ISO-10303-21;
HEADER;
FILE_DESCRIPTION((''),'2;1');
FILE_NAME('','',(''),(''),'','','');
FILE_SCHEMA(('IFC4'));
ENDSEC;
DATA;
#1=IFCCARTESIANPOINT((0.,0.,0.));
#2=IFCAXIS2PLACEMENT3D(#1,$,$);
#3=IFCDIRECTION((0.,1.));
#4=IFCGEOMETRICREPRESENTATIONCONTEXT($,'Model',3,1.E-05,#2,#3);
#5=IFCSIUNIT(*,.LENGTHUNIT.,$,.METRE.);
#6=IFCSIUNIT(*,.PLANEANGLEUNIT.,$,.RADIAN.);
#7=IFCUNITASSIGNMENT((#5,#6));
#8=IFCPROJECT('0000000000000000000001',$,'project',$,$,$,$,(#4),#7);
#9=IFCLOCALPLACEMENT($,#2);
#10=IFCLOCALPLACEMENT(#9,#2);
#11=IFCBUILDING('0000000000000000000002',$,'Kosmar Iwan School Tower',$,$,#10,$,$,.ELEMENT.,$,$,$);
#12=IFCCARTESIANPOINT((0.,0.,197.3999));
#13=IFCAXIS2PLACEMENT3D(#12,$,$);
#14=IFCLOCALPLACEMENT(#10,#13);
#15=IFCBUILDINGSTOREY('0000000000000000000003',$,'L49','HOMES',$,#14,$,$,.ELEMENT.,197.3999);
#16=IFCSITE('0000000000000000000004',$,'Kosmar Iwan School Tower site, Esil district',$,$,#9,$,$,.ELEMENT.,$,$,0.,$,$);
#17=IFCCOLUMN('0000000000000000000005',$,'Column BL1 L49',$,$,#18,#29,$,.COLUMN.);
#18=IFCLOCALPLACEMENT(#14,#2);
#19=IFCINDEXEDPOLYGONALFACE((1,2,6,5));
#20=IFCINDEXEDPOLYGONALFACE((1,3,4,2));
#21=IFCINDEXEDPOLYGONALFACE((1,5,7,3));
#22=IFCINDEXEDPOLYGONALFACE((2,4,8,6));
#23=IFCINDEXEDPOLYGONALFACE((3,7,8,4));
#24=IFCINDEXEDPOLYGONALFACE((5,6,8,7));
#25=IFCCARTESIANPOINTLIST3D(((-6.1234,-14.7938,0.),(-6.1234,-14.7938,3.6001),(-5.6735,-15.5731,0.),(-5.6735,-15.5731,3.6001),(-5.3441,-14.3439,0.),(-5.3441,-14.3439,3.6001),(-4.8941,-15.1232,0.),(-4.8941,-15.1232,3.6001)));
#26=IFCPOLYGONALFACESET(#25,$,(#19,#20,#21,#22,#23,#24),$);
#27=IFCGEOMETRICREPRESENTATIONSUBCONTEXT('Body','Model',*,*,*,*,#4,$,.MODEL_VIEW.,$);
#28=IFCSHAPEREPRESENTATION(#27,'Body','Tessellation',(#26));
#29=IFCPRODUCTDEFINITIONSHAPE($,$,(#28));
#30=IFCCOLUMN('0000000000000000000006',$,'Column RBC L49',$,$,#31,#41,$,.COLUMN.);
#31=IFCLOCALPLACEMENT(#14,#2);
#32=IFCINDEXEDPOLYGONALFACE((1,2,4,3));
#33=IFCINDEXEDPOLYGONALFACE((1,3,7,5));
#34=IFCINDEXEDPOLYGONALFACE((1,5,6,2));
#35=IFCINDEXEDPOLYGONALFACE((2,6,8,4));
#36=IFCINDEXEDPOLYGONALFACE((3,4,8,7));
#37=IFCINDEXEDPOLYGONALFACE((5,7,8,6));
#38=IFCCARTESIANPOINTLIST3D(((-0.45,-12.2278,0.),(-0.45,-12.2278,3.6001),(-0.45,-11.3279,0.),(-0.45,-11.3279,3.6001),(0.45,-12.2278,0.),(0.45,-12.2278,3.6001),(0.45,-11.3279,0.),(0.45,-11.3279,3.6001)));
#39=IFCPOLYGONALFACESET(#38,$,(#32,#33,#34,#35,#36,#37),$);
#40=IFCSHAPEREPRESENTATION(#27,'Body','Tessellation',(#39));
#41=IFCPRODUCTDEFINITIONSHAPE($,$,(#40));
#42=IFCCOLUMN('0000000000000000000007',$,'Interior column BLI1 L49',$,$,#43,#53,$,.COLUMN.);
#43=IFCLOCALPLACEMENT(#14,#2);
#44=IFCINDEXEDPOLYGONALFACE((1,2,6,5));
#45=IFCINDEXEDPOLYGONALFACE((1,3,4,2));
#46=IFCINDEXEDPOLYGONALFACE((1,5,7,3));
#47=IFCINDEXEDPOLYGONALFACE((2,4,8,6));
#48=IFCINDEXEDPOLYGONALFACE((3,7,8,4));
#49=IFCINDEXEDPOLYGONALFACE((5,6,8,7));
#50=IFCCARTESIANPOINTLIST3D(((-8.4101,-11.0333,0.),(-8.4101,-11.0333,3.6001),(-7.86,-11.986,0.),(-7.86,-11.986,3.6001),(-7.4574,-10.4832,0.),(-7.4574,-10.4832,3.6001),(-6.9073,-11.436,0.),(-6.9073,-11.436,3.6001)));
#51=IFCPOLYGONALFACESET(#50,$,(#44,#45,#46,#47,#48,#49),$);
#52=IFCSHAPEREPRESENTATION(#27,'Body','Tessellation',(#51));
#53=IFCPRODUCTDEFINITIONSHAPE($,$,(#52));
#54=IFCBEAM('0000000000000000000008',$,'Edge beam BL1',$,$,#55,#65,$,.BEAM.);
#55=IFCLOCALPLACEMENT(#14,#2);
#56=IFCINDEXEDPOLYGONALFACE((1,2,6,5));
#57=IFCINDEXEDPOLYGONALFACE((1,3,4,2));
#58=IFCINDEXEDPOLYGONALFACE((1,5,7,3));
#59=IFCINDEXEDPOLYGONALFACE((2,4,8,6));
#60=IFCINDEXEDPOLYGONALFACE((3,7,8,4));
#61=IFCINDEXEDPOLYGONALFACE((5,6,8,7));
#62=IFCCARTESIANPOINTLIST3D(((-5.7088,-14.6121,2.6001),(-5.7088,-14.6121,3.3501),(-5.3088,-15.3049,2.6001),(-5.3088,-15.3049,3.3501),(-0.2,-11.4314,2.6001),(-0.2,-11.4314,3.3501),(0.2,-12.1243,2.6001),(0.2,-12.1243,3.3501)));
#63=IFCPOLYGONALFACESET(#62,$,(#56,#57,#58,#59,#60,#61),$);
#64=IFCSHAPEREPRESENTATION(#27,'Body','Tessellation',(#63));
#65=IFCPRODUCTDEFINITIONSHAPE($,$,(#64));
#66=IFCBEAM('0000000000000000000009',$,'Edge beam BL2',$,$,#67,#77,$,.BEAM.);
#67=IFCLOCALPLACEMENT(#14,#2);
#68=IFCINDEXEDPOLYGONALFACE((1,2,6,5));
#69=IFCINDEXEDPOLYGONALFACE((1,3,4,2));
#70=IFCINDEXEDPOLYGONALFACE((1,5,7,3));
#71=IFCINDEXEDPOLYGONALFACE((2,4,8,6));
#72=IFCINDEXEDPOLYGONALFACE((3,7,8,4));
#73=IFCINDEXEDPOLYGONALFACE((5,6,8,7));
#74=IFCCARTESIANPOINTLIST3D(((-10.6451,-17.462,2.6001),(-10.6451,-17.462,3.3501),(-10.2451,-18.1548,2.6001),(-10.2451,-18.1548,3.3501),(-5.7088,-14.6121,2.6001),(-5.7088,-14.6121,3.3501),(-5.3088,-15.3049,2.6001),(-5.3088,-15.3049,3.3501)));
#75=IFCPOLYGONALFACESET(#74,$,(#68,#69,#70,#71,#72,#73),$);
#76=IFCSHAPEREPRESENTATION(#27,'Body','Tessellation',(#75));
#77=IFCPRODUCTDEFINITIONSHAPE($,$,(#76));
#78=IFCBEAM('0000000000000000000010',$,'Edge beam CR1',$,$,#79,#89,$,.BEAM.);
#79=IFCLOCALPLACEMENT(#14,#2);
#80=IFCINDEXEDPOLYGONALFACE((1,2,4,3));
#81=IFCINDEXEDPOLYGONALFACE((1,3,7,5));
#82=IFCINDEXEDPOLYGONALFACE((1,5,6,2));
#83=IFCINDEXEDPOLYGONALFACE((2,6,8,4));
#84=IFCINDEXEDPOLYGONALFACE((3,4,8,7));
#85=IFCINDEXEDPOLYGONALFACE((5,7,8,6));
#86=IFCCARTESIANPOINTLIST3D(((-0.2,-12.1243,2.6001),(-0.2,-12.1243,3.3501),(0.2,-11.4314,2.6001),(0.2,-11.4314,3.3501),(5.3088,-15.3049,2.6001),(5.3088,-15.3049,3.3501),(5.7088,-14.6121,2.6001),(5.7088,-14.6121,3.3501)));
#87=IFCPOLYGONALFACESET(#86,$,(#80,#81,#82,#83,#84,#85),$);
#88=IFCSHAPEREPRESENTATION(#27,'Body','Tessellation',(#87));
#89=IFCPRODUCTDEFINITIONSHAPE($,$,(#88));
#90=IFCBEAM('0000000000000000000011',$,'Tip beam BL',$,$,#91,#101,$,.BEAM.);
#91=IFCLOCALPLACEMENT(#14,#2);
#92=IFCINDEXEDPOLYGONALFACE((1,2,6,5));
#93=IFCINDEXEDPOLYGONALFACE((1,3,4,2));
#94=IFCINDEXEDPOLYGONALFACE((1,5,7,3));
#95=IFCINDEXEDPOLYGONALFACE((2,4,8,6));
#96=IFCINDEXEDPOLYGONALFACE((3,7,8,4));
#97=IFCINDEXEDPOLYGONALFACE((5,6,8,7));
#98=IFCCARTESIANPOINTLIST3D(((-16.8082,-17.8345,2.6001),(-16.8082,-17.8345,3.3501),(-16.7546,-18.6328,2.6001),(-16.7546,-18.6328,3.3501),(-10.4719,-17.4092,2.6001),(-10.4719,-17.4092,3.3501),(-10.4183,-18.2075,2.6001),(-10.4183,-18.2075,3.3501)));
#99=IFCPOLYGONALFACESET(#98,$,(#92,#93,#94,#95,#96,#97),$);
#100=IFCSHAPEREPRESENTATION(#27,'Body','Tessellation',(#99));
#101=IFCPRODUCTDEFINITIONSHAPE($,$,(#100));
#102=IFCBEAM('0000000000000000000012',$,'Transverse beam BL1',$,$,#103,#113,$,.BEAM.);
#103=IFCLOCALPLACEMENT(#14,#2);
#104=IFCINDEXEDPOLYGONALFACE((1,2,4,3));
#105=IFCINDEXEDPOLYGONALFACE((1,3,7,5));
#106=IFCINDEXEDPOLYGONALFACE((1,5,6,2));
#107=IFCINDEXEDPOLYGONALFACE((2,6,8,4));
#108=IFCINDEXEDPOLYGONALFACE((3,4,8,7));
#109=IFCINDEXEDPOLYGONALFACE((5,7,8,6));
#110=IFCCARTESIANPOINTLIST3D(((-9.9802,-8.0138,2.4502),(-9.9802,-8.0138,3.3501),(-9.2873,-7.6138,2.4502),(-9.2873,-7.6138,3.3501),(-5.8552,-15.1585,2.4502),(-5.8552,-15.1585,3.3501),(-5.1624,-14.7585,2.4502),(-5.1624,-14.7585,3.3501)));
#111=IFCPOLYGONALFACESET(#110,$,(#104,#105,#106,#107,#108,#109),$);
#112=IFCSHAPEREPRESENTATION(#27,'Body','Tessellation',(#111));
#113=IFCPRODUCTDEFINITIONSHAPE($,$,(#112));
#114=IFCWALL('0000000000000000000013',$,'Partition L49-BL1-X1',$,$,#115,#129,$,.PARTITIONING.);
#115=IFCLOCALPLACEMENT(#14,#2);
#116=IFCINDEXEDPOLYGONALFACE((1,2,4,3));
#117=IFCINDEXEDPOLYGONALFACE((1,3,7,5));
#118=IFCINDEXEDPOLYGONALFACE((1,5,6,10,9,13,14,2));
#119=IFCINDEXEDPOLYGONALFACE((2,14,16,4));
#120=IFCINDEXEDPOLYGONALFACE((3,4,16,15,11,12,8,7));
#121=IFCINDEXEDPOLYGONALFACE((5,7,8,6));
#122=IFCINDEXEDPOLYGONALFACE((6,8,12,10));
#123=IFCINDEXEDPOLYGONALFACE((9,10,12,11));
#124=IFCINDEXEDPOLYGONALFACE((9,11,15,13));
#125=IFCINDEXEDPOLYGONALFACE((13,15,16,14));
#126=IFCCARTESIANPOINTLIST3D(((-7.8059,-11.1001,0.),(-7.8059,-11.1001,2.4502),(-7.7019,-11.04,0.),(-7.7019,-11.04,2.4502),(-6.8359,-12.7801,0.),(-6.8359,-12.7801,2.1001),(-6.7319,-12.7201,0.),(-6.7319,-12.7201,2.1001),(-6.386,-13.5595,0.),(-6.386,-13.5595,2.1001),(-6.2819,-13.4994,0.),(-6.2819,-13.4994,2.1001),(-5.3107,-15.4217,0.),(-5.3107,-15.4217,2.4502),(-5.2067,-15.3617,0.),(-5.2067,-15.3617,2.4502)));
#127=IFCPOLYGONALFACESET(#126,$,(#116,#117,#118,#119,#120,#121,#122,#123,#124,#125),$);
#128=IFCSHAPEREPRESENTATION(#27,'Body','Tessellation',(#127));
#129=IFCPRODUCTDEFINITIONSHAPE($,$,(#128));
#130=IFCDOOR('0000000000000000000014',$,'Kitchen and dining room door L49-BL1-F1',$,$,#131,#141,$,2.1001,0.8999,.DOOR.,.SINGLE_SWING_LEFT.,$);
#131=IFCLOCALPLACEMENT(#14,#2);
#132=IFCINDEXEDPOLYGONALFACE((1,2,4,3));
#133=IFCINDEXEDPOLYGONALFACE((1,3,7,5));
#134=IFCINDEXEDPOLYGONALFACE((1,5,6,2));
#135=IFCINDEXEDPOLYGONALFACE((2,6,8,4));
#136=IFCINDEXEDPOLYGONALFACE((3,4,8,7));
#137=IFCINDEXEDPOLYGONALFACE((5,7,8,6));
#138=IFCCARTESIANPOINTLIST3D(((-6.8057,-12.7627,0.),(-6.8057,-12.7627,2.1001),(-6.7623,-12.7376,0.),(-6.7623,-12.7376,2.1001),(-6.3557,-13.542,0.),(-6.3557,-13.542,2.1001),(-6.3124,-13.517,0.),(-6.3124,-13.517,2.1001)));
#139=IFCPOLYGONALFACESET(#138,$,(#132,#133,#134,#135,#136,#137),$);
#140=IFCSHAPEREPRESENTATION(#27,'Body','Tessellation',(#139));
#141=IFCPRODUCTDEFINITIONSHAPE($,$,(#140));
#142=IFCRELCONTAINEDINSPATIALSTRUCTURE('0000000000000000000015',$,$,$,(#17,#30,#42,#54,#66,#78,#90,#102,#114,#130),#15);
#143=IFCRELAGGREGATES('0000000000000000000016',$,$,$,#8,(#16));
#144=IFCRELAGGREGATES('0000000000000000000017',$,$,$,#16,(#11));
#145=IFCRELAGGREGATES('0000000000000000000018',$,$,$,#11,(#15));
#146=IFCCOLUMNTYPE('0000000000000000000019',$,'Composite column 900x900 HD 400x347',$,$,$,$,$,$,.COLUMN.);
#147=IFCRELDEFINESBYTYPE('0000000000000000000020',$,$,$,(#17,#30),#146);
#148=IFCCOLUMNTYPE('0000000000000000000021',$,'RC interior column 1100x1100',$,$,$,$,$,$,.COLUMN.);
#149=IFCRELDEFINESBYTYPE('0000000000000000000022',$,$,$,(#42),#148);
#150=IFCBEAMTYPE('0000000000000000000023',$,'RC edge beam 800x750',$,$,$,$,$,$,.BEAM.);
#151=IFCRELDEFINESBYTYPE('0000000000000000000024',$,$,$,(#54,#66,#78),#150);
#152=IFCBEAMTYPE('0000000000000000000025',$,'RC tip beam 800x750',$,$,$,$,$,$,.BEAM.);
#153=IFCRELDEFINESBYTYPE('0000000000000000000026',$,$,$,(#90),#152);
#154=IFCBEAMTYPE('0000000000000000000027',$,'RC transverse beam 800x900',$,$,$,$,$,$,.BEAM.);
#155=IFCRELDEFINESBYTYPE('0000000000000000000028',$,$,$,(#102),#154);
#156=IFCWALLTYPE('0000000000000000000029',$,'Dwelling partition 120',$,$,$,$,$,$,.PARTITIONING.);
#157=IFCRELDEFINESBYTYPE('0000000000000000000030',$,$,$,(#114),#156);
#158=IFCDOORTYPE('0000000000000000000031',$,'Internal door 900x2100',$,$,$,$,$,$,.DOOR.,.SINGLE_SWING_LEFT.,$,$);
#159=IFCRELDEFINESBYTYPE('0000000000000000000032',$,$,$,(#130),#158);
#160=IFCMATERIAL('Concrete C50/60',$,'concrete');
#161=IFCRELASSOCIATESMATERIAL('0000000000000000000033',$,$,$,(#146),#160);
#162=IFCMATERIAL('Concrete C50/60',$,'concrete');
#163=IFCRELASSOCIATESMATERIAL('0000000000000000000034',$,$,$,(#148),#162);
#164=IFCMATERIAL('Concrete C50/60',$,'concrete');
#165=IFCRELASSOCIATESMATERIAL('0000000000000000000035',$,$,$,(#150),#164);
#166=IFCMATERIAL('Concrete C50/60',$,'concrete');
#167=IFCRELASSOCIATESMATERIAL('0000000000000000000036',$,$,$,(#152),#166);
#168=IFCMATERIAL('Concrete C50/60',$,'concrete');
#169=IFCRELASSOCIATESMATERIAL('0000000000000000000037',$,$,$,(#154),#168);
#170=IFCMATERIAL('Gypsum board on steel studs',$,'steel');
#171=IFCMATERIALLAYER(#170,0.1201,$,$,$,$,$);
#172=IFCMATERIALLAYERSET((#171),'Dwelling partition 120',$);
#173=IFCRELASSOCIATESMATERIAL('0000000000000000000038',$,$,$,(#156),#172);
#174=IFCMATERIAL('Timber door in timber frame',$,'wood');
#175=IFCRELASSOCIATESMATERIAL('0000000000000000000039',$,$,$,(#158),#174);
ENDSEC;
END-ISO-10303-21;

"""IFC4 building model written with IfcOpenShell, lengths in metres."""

from ifc_helpers import new_model, si_unit, direction, frame, frame_2d, origin, origin_2d, place, context, subcontext, project, spatial, rectangle, extrude, material, layer, layer_set, material_profile, profile_set, type_object, element, fill, save


model = new_model("IFC4")

# Units and contexts
model_context = context("Model", 3, precision=1e-05, world=origin(), true_north=direction((0.0, 1.0)))
body_context = subcontext(model_context, "Body", "Model", "MODEL_VIEW")
ifc_project = project(units=[si_unit("LENGTHUNIT", "METRE"), si_unit("PLANEANGLEUNIT", "RADIAN")], contexts=[model_context])

# Site, building, storey
site_placement = place(None, origin())
site = spatial("IfcSite", under=ifc_project, at=site_placement, Name="Kosmar Iwan School Tower site, Esil district", CompositionType="ELEMENT", RefElevation=0.0)
building_placement = place(site_placement, origin())
building = spatial("IfcBuilding", under=site, at=building_placement, Name="Kosmar Iwan School Tower", CompositionType="ELEMENT")
storey_placement = place(building_placement, frame((0.0, 0.0, 197.3999)))
storey = spatial("IfcBuildingStorey", under=building, at=storey_placement, Name="L49", Description="HOMES", CompositionType="ELEMENT", Elevation=197.3999)

# Columns
ifc_material_1 = material(Name="Concrete C50/60", Category="concrete")
ifc_material_profile_1 = material_profile(ifc_material_1, rectangle(XDim=0.8999, YDim=0.8999, at=origin_2d()), Name="RC 900x900 + HD 400x347")
ifc_profile_set_1 = profile_set([ifc_material_profile_1], Name="Concrete C50/60")
column_type_1 = type_object("IfcColumnType", Name="Composite column 900x900 HD 400x347", PredefinedType="COLUMN", material=ifc_profile_set_1)
for number, where, z_axis, x_axis, name in (
    (1, (-5.5088, -14.9585, 0.0), (0.0, 0.0, 1.0), (-0.866025, -0.5, 0.0), "Column BL1 L49"),
    (2, (0.0, -11.7778, 0.0), (0.0, 0.0, 1.0), (1.0, 0.0, 0.0), "Column RBC L49"),
):
    element("IfcColumn", number, at=place(storey_placement, frame(where, z_axis=z_axis, x_axis=x_axis)), inside=storey, type_object=column_type_1, Name=name, PredefinedType="COLUMN", context=body_context, shape_type="SweptSolid", body=[
        extrude(rectangle(XDim=0.8999, YDim=0.8999, at=origin_2d()), origin(), (0.0, 0.0, 1.0), 3.6001),
    ])
ifc_material_2 = material(Name="Concrete C50/60", Category="concrete")
ifc_material_profile_2 = material_profile(ifc_material_2, rectangle(XDim=1.1001, YDim=1.1001, at=origin_2d()), Name="RC 1100x1100")
ifc_profile_set_2 = profile_set([ifc_material_profile_2], Name="Concrete C50/60")
column_type_2 = type_object("IfcColumnType", Name="RC interior column 1100x1100", PredefinedType="COLUMN", material=ifc_profile_set_2)
column_placement = place(storey_placement, frame((-7.6587, -11.2346, 0.0), z_axis=(0.0, 0.0, 1.0), x_axis=(-0.866025, -0.5, 0.0)))
element("IfcColumn", 3, at=column_placement, inside=storey, type_object=column_type_2, Name="Interior column BLI1 L49", PredefinedType="COLUMN", context=body_context, shape_type="SweptSolid", body=[
    extrude(rectangle(XDim=1.1001, YDim=1.1001, at=origin_2d()), origin(), (0.0, 0.0, 1.0), 3.6001),
])

# Beams
ifc_material_3 = material(Name="Concrete C50/60", Category="concrete")
ifc_material_profile_3 = material_profile(ifc_material_3, rectangle(XDim=0.8, YDim=0.75, at=origin_2d()), Name="RC 800x750")
ifc_profile_set_3 = profile_set([ifc_material_profile_3], Name="Concrete C50/60")
beam_type_1 = type_object("IfcBeamType", Name="RC edge beam 800x750", PredefinedType="BEAM", material=ifc_profile_set_3)
beam_1_placement = place(storey_placement, frame((0.0, -11.7778, 2.9751), z_axis=(-0.866014, -0.500019, 0.0), x_axis=(0.500019, -0.866014, 0.0)))
element("IfcBeam", 4, at=beam_1_placement, inside=storey, type_object=beam_type_1, Name="Edge beam BL1", PredefinedType="BEAM", context=body_context, shape_type="SweptSolid", body=[
    extrude(rectangle(XDim=0.8, YDim=0.75, at=origin_2d()), origin(), (0.0, 0.0, 1.0), 6.3611),
])
beam_2_placement = place(storey_placement, frame((-5.5088, -14.9585, 2.9751), z_axis=(-0.866034, -0.499986, 0.0), x_axis=(0.499986, -0.866034, 0.0)))
element("IfcBeam", 5, at=beam_2_placement, inside=storey, type_object=beam_type_1, Name="Edge beam BL2", PredefinedType="BEAM", context=body_context, shape_type="SweptSolid", body=[
    extrude(rectangle(XDim=0.8, YDim=0.75, at=origin_2d()), origin(), (0.0, 0.0, 1.0), 5.7),
])
beam_3_placement = place(storey_placement, frame((0.0, -11.7778, 2.9751), z_axis=(0.866014, -0.500019, 0.0), x_axis=(0.500019, 0.866014, 0.0)))
element("IfcBeam", 6, at=beam_3_placement, inside=storey, type_object=beam_type_1, Name="Edge beam CR1", PredefinedType="BEAM", context=body_context, shape_type="SweptSolid", body=[
    extrude(rectangle(XDim=0.8, YDim=0.75, at=origin_2d()), origin(), (0.0, 0.0, 1.0), 6.3611),
])
ifc_material_4 = material(Name="Concrete C50/60", Category="concrete")
ifc_material_profile_4 = material_profile(ifc_material_4, rectangle(XDim=0.8, YDim=0.75, at=origin_2d()), Name="RC 800x750")
ifc_profile_set_4 = profile_set([ifc_material_profile_4], Name="Concrete C50/60")
beam_type_2 = type_object("IfcBeamType", Name="RC tip beam 800x750", PredefinedType="BEAM", material=ifc_profile_set_4)
beam_4_placement = place(storey_placement, frame((-10.4451, -17.8083, 2.9751), z_axis=(-0.997755, -0.066968, 0.0), x_axis=(0.066968, -0.997755, 0.0)))
element("IfcBeam", 7, at=beam_4_placement, inside=storey, type_object=beam_type_2, Name="Tip beam BL", PredefinedType="BEAM", context=body_context, shape_type="SweptSolid", body=[
    extrude(rectangle(XDim=0.8, YDim=0.75, at=origin_2d()), origin(), (0.0, 0.0, 1.0), 6.3506),
])
ifc_material_5 = material(Name="Concrete C50/60", Category="concrete")
ifc_material_profile_5 = material_profile(ifc_material_5, rectangle(XDim=0.8, YDim=0.8999, at=origin_2d()), Name="RC 800x900")
ifc_profile_set_5 = profile_set([ifc_material_profile_5], Name="Concrete C50/60")
beam_type_3 = type_object("IfcBeamType", Name="RC transverse beam 800x900", PredefinedType="BEAM", material=ifc_profile_set_5)
beam_5_placement = place(storey_placement, frame((-5.5088, -14.9585, 2.9001), z_axis=(-0.499997, 0.866027, 0.0), x_axis=(-0.866027, -0.499997, 0.0)))
element("IfcBeam", 8, at=beam_5_placement, inside=storey, type_object=beam_type_3, Name="Transverse beam BL1", PredefinedType="BEAM", context=body_context, shape_type="SweptSolid", body=[
    extrude(rectangle(XDim=0.8, YDim=0.8999, at=origin_2d()), origin(), (0.0, 0.0, 1.0), 8.25),
])

# Wall, opening, door
ifc_material_6 = material(Name="Gypsum board on steel studs", Category="steel")
ifc_layer_1 = layer(ifc_material_6, 0.1201)
ifc_layer_set_1 = layer_set([ifc_layer_1], Name="Dwelling partition 120")
wall_type_1 = type_object("IfcWallType", Name="Dwelling partition 120", PredefinedType="PARTITIONING", material=ifc_layer_set_1)
wall_1_placement = place(storey_placement, frame((-7.7539, -11.0701, 0.0), z_axis=(0.0, 0.0, 1.0), x_axis=(0.500012, -0.866019, 0.0)))
wall_1 = element("IfcWall", 9, at=wall_1_placement, inside=storey, type_object=wall_type_1, Name="Partition L49-BL1-X1", PredefinedType="PARTITIONING", context=body_context, shape_type="SweptSolid", body=[
    extrude(rectangle(XDim=4.9902, YDim=0.1201, at=frame_2d((2.4951, 0.0))), origin(), (0.0, 0.0, 1.0), 2.4502),
])
opening_1_placement = place(wall_1_placement, frame((1.9399, 0.0, 0.0)))
opening_1 = element("IfcOpeningElement", 10, at=opening_1_placement, cuts=wall_1, PredefinedType="OPENING", context=body_context, shape_type="SweptSolid", body=[
    extrude(rectangle(XDim=0.8999, YDim=2.1001, at=frame_2d((0.45, 1.05))), frame((0.0, 0.072, 0.0), z_axis=(0.0, -1.0, 0.0), x_axis=(1.0, 0.0, 0.0)), (0.0, 0.0, 1.0), 0.144),
])
ifc_material_7 = material(Name="Timber door in timber frame", Category="wood")
door_type = type_object("IfcDoorType", Name="Internal door 900x2100", OperationType="SINGLE_SWING_LEFT", PredefinedType="DOOR", material=ifc_material_7)
door_placement = place(opening_1_placement, origin())
door = element("IfcDoor", 11, at=door_placement, inside=storey, type_object=door_type, Name="Kitchen and dining room door L49-BL1-F1", OperationType="SINGLE_SWING_LEFT", OverallHeight=2.1001, OverallWidth=0.8999, PredefinedType="DOOR", context=body_context, shape_type="SweptSolid", body=[
    extrude(rectangle(XDim=0.8999, YDim=2.1001, at=frame_2d((0.45, 1.05))), frame((0.0, 0.0249, 0.0), z_axis=(0.0, -1.0, 0.0), x_axis=(1.0, 0.0, 0.0)), (0.0, 0.0, 1.0), 0.05),
])
fill(opening_1, door)

save(model, "model.ifc")
